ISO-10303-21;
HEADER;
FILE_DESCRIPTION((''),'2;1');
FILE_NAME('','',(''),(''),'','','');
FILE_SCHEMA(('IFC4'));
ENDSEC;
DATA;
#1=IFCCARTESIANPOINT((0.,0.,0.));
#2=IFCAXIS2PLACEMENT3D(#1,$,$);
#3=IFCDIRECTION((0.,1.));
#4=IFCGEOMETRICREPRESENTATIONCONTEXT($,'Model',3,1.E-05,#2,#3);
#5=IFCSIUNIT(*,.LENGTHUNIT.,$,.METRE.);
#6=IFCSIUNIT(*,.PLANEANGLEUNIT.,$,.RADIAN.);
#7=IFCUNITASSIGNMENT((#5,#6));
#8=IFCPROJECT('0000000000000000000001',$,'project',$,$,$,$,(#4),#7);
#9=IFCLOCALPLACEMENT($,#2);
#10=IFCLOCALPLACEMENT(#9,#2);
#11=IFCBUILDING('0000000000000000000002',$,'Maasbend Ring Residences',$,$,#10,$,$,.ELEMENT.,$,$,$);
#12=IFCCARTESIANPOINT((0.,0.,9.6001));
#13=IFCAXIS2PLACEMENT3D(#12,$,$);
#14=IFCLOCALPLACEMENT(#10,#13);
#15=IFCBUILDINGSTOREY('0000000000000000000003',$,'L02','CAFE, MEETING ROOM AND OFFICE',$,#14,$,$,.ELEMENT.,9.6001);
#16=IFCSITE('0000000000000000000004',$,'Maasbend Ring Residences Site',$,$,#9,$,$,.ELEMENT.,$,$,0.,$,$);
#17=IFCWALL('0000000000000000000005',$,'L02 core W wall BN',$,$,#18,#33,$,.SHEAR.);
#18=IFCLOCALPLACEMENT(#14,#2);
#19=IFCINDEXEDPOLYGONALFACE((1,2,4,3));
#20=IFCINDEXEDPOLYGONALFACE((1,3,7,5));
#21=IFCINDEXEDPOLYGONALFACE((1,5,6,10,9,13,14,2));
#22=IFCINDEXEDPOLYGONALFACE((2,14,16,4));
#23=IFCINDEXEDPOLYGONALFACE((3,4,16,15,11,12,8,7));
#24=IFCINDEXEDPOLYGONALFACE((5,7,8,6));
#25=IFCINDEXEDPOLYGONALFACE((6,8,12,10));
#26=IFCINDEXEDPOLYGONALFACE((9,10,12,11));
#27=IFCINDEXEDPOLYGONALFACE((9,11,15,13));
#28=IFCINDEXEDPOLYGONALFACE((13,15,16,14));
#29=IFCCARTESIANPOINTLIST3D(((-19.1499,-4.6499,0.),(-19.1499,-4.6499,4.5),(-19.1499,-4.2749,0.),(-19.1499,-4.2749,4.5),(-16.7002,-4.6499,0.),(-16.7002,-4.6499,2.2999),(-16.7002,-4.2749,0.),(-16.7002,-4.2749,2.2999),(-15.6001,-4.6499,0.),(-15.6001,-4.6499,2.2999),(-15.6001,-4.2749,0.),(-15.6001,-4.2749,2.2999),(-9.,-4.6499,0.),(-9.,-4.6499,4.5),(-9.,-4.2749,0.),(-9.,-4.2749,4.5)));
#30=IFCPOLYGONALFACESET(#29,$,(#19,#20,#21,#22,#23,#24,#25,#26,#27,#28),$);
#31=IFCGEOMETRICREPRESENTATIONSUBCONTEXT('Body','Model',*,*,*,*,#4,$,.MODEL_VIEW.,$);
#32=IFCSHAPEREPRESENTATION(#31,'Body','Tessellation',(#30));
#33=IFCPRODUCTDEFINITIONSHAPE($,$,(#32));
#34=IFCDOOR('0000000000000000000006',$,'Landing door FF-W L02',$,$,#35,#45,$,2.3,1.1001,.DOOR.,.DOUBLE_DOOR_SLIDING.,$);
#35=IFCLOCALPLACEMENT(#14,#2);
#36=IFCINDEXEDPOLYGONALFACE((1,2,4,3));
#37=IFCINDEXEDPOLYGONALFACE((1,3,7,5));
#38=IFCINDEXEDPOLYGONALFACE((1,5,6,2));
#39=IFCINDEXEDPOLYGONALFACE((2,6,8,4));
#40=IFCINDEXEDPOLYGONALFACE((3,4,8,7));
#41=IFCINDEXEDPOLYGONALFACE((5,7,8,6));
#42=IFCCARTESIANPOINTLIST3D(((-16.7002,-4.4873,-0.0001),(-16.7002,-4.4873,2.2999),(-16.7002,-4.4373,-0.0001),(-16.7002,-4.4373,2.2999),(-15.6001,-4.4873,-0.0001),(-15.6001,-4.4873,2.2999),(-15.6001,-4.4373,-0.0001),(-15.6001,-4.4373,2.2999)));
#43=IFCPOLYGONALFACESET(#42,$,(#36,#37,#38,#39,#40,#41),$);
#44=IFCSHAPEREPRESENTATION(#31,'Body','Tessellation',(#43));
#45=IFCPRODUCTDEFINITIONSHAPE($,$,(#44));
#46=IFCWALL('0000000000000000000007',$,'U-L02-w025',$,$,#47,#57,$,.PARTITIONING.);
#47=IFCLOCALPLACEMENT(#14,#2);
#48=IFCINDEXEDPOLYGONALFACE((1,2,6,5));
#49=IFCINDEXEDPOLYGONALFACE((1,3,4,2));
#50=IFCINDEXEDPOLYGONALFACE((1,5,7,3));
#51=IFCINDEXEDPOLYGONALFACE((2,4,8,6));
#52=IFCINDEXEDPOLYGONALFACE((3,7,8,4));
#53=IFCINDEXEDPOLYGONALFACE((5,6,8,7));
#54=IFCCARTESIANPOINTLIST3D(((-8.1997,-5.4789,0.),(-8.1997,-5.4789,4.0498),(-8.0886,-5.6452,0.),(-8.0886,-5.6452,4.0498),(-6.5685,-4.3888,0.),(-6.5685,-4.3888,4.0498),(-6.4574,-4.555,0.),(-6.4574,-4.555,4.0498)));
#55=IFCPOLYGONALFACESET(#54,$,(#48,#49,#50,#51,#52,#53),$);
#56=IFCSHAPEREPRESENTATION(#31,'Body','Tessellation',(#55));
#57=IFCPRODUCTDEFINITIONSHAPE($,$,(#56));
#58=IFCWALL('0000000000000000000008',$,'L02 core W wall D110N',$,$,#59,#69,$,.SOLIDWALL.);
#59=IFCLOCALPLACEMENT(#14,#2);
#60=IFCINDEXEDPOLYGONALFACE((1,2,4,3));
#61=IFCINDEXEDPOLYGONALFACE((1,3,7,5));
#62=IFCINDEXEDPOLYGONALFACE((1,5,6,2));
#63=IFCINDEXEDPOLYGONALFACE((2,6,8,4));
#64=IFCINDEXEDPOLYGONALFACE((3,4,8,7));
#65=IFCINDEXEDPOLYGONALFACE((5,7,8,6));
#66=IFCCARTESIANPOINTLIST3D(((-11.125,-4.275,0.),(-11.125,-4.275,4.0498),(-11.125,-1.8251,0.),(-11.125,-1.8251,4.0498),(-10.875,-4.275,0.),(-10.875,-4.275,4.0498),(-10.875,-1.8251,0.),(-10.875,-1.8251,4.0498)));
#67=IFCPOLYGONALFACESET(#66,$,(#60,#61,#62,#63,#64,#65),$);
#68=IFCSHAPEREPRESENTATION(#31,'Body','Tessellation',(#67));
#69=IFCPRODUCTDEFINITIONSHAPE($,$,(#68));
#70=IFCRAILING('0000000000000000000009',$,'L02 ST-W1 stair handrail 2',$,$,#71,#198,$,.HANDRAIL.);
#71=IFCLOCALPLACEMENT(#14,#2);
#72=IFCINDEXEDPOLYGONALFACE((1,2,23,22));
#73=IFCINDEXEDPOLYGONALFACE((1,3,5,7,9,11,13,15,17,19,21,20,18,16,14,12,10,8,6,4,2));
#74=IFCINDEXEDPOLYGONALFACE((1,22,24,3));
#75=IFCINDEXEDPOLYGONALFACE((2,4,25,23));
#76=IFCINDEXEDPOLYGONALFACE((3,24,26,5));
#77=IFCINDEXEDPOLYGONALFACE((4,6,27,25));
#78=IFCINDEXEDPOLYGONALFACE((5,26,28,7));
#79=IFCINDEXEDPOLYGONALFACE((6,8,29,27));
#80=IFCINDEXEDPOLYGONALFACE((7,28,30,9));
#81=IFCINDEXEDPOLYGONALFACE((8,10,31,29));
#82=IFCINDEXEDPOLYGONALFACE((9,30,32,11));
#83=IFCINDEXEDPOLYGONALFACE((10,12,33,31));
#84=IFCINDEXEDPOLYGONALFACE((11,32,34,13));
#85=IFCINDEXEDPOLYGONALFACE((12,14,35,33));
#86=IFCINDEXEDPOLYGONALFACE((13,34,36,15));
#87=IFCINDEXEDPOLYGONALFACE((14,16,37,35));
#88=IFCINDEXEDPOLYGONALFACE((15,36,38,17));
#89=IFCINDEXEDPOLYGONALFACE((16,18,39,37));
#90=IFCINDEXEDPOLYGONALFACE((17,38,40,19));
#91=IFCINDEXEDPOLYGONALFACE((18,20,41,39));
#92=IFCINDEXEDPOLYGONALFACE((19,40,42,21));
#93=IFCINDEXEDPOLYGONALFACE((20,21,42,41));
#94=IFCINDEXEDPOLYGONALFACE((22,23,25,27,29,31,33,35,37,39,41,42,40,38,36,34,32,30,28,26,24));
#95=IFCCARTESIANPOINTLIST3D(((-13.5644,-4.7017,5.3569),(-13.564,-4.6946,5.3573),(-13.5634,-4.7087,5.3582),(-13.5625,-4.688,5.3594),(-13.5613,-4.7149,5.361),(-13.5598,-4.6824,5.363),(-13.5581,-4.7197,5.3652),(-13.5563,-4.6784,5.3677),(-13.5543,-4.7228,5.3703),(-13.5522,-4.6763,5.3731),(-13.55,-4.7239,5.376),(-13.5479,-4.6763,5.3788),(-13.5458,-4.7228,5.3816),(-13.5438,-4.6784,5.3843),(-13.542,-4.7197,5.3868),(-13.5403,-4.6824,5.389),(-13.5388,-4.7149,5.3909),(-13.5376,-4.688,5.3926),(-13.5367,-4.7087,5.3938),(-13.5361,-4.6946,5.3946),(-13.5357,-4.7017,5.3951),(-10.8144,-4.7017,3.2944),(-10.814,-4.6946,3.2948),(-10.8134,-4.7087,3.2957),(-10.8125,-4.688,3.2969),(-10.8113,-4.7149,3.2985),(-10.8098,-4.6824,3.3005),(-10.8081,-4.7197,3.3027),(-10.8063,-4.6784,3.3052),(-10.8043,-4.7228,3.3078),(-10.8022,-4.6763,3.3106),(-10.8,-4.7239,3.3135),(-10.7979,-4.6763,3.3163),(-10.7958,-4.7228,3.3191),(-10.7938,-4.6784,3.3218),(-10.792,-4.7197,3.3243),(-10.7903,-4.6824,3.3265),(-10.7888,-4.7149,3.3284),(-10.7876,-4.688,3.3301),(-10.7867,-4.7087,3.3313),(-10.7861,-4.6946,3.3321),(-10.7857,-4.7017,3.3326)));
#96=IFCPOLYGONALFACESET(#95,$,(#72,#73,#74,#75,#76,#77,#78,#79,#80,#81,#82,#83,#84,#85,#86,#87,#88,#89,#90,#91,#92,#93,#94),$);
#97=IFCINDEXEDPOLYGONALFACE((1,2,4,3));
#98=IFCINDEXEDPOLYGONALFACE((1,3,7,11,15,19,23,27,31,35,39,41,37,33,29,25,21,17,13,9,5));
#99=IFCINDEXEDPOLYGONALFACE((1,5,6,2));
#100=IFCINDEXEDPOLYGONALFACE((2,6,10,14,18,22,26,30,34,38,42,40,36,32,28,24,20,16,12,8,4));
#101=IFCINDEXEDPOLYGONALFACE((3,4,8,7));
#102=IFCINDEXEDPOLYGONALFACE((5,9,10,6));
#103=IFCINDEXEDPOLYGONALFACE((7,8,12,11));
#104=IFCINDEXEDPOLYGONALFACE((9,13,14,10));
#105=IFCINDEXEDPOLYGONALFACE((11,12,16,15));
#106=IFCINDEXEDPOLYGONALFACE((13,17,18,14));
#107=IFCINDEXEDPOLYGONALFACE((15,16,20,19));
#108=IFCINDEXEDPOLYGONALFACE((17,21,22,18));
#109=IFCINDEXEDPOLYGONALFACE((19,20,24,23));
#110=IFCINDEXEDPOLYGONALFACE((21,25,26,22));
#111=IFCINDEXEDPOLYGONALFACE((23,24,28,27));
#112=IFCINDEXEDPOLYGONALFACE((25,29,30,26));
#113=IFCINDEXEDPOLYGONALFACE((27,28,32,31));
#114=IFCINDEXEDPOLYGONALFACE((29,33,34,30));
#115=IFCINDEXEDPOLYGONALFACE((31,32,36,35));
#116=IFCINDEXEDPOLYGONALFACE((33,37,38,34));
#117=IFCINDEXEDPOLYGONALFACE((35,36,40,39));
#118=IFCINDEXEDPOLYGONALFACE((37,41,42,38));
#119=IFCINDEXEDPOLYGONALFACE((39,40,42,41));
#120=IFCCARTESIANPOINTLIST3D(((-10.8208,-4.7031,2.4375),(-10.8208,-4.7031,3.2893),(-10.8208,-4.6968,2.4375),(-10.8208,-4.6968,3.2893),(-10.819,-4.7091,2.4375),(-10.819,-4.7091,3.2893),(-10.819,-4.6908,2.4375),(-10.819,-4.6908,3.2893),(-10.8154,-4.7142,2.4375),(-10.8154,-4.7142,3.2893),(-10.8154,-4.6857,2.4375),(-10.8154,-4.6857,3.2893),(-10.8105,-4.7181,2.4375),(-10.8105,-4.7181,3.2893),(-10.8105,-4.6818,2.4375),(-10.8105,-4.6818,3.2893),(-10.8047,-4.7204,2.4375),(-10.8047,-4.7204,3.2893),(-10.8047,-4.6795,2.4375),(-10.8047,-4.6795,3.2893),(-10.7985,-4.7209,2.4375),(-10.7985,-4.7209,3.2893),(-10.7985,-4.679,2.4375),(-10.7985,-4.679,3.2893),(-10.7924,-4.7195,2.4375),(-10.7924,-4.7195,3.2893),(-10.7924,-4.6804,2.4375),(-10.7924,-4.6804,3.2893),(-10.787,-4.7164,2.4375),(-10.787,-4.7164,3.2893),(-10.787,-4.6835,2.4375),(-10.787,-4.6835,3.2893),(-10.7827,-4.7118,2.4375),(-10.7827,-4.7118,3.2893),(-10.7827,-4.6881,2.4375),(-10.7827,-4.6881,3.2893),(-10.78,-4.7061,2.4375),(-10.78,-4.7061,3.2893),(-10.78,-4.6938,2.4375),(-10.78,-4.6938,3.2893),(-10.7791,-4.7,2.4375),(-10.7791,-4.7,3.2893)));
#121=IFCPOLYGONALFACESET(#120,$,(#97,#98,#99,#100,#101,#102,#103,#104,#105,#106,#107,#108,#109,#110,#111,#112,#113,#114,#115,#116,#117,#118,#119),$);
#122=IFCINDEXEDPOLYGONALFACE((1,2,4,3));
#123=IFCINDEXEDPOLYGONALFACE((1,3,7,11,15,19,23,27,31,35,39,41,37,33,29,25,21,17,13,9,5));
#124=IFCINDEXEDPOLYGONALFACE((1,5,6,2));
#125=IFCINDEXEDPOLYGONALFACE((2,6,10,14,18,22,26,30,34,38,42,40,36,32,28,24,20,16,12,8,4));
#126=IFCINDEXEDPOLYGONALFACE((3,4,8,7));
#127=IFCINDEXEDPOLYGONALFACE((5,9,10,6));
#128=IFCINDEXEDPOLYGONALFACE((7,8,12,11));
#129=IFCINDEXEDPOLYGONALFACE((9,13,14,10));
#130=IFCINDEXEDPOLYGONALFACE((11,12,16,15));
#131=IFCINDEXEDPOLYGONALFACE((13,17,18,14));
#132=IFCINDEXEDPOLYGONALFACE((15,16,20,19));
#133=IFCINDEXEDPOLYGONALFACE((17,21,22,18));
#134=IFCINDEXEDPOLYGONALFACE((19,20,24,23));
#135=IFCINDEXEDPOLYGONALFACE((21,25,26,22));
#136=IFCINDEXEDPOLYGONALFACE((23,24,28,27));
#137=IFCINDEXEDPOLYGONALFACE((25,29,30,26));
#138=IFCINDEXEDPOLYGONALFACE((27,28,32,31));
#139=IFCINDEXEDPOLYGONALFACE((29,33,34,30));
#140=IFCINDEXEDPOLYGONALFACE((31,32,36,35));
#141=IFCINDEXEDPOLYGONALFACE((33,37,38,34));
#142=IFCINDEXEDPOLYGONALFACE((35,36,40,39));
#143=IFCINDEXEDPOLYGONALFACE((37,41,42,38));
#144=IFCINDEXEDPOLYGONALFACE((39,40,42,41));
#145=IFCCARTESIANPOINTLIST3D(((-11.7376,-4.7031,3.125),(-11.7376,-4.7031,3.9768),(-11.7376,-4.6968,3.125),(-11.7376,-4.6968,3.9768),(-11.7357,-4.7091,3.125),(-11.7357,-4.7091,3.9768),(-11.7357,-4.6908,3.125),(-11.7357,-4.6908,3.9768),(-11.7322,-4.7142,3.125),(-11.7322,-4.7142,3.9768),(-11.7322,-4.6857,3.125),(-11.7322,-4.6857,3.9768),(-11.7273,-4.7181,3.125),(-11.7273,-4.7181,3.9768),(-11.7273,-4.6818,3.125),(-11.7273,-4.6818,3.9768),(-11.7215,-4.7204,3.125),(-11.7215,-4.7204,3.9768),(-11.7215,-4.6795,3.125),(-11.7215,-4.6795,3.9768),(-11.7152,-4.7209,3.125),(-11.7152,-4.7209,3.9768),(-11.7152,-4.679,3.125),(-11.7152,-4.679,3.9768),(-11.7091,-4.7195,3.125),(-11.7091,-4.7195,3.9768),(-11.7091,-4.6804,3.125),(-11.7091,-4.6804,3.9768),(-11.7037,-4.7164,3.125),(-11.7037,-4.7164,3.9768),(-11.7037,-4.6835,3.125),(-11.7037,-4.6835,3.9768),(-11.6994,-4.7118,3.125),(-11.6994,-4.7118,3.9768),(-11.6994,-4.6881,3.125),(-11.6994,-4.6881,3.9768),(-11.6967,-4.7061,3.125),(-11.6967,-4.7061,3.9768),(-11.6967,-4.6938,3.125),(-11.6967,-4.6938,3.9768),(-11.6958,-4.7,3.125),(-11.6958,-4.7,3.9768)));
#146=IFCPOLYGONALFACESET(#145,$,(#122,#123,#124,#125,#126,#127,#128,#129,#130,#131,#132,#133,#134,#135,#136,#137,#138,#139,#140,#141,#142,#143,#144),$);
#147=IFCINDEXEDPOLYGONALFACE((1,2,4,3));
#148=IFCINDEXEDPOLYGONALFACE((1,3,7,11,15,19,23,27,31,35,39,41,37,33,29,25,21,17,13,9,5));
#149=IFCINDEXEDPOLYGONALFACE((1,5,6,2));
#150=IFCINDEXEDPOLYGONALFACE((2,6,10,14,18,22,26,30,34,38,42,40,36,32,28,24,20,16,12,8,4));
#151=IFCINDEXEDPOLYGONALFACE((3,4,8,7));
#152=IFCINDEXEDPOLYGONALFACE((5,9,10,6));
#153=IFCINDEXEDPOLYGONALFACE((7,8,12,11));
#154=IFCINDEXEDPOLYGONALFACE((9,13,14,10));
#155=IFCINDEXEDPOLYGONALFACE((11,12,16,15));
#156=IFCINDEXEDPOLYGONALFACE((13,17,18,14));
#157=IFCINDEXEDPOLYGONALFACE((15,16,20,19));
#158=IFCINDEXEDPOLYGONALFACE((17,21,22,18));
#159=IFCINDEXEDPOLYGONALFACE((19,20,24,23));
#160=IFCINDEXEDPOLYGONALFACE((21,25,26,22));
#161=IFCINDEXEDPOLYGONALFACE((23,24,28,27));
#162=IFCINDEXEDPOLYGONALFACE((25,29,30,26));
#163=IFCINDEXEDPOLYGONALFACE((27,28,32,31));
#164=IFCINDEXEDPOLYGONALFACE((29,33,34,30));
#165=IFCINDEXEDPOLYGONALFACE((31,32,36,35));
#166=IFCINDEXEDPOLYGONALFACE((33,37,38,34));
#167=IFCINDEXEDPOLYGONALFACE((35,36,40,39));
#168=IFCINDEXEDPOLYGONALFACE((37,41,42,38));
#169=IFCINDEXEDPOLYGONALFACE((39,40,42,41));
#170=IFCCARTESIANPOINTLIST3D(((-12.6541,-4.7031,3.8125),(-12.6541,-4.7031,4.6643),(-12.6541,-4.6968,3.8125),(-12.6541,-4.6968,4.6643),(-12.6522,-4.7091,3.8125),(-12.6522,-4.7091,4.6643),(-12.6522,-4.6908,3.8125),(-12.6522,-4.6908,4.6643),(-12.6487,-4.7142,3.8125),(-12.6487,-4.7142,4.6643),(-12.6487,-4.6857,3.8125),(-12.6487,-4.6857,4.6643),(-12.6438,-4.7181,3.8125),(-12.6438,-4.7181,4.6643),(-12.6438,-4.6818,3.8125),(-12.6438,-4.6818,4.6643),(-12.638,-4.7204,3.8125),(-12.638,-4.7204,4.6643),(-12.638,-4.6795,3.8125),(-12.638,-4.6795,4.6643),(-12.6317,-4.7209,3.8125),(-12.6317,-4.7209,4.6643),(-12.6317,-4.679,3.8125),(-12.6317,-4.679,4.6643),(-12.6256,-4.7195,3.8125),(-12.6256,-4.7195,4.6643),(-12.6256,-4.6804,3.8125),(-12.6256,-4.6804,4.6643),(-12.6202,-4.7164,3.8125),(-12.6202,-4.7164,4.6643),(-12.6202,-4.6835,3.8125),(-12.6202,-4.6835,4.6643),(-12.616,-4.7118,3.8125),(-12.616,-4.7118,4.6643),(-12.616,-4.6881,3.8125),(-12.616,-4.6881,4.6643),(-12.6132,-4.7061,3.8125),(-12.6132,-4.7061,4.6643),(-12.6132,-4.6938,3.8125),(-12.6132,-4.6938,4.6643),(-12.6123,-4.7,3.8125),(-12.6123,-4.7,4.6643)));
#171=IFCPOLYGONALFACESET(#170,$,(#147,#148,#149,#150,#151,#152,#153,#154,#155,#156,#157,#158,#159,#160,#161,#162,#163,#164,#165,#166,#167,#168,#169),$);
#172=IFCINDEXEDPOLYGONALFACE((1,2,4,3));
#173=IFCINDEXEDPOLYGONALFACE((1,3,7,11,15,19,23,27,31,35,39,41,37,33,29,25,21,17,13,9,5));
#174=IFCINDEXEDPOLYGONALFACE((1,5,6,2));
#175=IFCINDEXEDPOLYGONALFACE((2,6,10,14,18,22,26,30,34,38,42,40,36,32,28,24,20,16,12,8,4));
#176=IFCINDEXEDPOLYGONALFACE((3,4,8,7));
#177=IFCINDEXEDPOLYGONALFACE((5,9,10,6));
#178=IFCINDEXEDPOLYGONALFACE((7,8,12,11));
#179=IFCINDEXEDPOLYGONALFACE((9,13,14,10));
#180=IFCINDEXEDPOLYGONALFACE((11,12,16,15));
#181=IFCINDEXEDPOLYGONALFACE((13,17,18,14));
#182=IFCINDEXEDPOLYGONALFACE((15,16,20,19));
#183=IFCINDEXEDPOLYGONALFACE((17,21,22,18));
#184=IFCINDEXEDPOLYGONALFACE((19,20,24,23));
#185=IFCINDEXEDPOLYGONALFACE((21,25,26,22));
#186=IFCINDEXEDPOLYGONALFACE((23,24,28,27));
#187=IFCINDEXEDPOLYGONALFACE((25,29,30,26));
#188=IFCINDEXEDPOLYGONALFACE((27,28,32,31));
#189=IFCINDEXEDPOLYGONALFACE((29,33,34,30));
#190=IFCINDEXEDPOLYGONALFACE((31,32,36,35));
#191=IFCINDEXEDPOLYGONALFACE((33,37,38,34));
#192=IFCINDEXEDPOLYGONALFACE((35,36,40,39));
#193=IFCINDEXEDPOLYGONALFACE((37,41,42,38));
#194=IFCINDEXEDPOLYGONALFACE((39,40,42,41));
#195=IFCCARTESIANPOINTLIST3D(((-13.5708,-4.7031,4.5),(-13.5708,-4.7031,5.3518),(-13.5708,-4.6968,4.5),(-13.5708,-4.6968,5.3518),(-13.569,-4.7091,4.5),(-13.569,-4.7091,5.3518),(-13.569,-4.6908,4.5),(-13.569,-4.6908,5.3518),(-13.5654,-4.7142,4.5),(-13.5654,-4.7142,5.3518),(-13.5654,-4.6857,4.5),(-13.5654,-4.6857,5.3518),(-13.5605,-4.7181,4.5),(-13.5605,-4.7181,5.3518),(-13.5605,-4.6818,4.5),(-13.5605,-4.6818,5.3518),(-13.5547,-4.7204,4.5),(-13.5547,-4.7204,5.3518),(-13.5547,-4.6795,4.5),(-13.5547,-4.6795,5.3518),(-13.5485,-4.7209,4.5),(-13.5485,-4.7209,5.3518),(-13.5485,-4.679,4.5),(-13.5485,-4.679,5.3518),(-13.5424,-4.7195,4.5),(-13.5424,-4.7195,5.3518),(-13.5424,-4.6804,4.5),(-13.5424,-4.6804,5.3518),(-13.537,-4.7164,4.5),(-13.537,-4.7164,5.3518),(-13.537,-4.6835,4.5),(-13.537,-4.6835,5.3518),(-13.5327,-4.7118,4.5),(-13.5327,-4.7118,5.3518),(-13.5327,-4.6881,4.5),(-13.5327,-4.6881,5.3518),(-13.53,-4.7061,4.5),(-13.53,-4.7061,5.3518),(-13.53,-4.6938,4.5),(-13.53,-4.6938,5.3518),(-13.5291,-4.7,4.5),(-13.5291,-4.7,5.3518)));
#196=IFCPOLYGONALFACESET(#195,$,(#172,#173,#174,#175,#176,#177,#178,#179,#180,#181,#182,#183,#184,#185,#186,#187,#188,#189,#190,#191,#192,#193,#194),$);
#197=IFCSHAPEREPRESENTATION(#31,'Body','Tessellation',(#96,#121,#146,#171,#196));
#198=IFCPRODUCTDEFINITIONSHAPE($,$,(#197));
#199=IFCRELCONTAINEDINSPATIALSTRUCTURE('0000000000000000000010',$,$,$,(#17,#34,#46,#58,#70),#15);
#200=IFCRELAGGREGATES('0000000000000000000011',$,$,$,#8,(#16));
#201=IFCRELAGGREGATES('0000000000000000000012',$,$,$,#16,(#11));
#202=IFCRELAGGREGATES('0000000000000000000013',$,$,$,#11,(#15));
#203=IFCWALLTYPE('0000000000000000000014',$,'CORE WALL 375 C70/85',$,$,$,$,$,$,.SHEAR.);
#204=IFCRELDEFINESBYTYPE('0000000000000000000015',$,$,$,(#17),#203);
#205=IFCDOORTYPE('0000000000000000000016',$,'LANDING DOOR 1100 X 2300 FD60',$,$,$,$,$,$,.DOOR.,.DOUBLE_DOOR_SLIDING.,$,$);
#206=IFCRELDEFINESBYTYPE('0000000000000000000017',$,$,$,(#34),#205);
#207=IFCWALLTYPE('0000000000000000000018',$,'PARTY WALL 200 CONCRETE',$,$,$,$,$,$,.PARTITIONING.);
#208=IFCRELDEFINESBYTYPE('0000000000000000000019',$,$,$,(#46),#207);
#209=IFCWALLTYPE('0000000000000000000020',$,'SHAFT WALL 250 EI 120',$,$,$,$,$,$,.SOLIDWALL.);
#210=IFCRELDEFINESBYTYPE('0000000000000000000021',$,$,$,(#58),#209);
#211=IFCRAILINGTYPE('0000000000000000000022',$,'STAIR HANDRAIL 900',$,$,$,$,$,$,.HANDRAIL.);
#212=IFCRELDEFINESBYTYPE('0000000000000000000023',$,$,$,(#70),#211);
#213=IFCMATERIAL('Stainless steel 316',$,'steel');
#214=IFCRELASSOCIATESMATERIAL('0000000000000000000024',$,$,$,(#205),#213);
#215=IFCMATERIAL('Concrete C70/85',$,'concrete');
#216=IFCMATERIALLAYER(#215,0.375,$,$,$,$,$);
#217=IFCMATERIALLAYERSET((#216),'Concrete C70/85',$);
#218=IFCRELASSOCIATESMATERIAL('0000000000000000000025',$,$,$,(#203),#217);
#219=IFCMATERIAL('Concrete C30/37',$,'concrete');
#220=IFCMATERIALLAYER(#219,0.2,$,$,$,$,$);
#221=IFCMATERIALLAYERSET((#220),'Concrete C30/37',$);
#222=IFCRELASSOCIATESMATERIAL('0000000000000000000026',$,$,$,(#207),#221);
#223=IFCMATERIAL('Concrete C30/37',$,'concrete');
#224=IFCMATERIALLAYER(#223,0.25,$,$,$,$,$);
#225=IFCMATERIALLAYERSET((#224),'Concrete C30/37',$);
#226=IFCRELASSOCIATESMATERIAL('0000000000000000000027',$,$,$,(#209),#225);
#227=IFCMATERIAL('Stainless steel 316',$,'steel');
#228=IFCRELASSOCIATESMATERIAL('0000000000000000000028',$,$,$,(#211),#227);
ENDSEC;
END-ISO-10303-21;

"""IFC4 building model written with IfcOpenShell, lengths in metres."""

from ifc_helpers import new_model, si_unit, direction, frame, frame_2d, origin, origin_2d, place, context, subcontext, project, spatial, rectangle, circle, extrude, material, layer, layer_set, type_object, element, fill, save


model = new_model("IFC4")

# Units and contexts
model_context = context("Model", 3, precision=1e-05, world=origin(), true_north=direction((0.0, 1.0)))
body_context = subcontext(model_context, "Body", "Model", "MODEL_VIEW")
ifc_project = project(units=[si_unit("LENGTHUNIT", "METRE"), si_unit("PLANEANGLEUNIT", "RADIAN")], contexts=[model_context])

# Site, building, storey
site_placement = place(None, origin())
site = spatial("IfcSite", under=ifc_project, at=site_placement, Name="Maasbend Ring Residences Site", CompositionType="ELEMENT", RefElevation=0.0)
building_placement = place(site_placement, origin())
building = spatial("IfcBuilding", under=site, at=building_placement, Name="Maasbend Ring Residences", CompositionType="ELEMENT")
storey_placement = place(building_placement, frame((0.0, 0.0, 9.6001)))
storey = spatial("IfcBuildingStorey", under=building, at=storey_placement, Name="L02", Description="CAFE, MEETING ROOM AND OFFICE", CompositionType="ELEMENT", Elevation=9.6001)

# Shared definitions
ifc_material_1 = material(Name="Stainless steel 316", Category="steel")
door_type = type_object("IfcDoorType", Name="LANDING DOOR 1100 X 2300 FD60", OperationType="DOUBLE_DOOR_SLIDING", PredefinedType="DOOR", material=ifc_material_1)

# Wall, opening, door
ifc_material_2 = material(Name="Concrete C70/85", Category="concrete")
ifc_layer_1 = layer(ifc_material_2, 0.375)
ifc_layer_set_1 = layer_set([ifc_layer_1], Name="Concrete C70/85")
wall_type_1 = type_object("IfcWallType", Name="CORE WALL 375 C70/85", PredefinedType="SHEAR", material=ifc_layer_set_1)
wall_1_placement = place(storey_placement, frame((-9.0, -4.4624, 0.0), z_axis=(0.0, 0.0, 1.0), x_axis=(-1.0, 0.0, 0.0)))
wall_1 = element("IfcWall", 1, at=wall_1_placement, inside=storey, type_object=wall_type_1, Name="L02 core W wall BN", PredefinedType="SHEAR", context=body_context, shape_type="SweptSolid", body=[
    extrude(rectangle(XDim=10.1499, YDim=0.375, at=frame_2d((5.075, 0.0))), origin(), (0.0, 0.0, 1.0), 4.5),
])
opening_1_placement = place(wall_1_placement, frame((6.6001, 0.0, 0.0)))
opening_1 = element("IfcOpeningElement", 2, at=opening_1_placement, cuts=wall_1, PredefinedType="OPENING", context=body_context, shape_type="SweptSolid", body=[
    extrude(rectangle(XDim=1.1001, YDim=2.3, at=frame_2d((0.55, 1.1499))), frame((0.0, 0.1975, 0.0), z_axis=(0.0, -1.0, 0.0), x_axis=(1.0, 0.0, 0.0)), (0.0, 0.0, 1.0), 0.395),
])
door_1_placement = place(opening_1_placement, origin())
door_1 = element("IfcDoor", 3, at=door_1_placement, inside=storey, type_object=door_type, Name="Landing door FF-W L02", OperationType="DOUBLE_DOOR_SLIDING", OverallHeight=2.3, OverallWidth=1.1001, PredefinedType="DOOR", context=body_context, shape_type="SweptSolid", body=[
    extrude(rectangle(XDim=1.1001, YDim=2.3, at=frame_2d((0.55, 1.1499))), frame((0.0, 0.0249, 0.0), z_axis=(0.0, -1.0, 0.0), x_axis=(1.0, 0.0, 0.0)), (0.0, 0.0, 1.0), 0.05),
])
fill(opening_1, door_1)

# Walls
ifc_material_3 = material(Name="Concrete C30/37", Category="concrete")
ifc_layer_2 = layer(ifc_material_3, 0.2)
ifc_layer_set_2 = layer_set([ifc_layer_2], Name="Concrete C30/37")
wall_type_2 = type_object("IfcWallType", Name="PARTY WALL 200 CONCRETE", PredefinedType="PARTITIONING", material=ifc_layer_set_2)
wall_2_placement = place(storey_placement, frame((-6.5129, -4.4719, 0.0), z_axis=(0.0, 0.0, 1.0), x_axis=(-0.831418, -0.555648, 0.0)))
element("IfcWall", 4, at=wall_2_placement, inside=storey, type_object=wall_type_2, Name="U-L02-w025", PredefinedType="PARTITIONING", context=body_context, shape_type="SweptSolid", body=[
    extrude(rectangle(XDim=1.9619, YDim=0.2, at=frame_2d((0.981, 0.0))), origin(), (0.0, 0.0, 1.0), 4.0498),
])
ifc_material_4 = material(Name="Concrete C30/37", Category="concrete")
ifc_layer_3 = layer(ifc_material_4, 0.25)
ifc_layer_set_3 = layer_set([ifc_layer_3], Name="Concrete C30/37")
wall_type_3 = type_object("IfcWallType", Name="SHAFT WALL 250 EI 120", PredefinedType="SOLIDWALL", material=ifc_layer_set_3)
wall_3_placement = place(storey_placement, frame((-11.0, -1.825, 0.0), z_axis=(0.0, 0.0, 1.0), x_axis=(0.0, -1.0, 0.0)))
element("IfcWall", 5, at=wall_3_placement, inside=storey, type_object=wall_type_3, Name="L02 core W wall D110N", PredefinedType="SOLIDWALL", context=body_context, shape_type="SweptSolid", body=[
    extrude(rectangle(XDim=2.45, YDim=0.25, at=frame_2d((1.2251, 0.0))), origin(), (0.0, 0.0, 1.0), 4.0498),
])

# Railing
ifc_material_5 = material(Name="Stainless steel 316", Category="steel")
railing_type_1 = type_object("IfcRailingType", Name="STAIR HANDRAIL 900", PredefinedType="HANDRAIL", material=ifc_material_5)
railing_1_placement = place(storey_placement, frame((-10.8, -4.7, 2.4375)))
element("IfcRailing", 6, at=railing_1_placement, inside=storey, type_object=railing_type_1, Name="L02 ST-W1 stair handrail 2", PredefinedType="HANDRAIL", context=body_context, shape_type="SweptSolid", body=[
    extrude(circle(Radius=0.0239, at=origin_2d()), frame((0.0, 0.0, 0.876), z_axis=(-0.8, 0.0, 0.6), x_axis=(0.0, -1.0, 0.0)), (0.0, 0.0, 1.0), 3.4375),
    extrude(circle(Radius=0.021, at=origin_2d()), origin(), (0.0, 0.0, 1.0), 0.8518),
    extrude(circle(Radius=0.021, at=origin_2d()), frame((-0.9167, 0.0, 0.6875)), (0.0, 0.0, 1.0), 0.8518),
    extrude(circle(Radius=0.021, at=origin_2d()), frame((-1.8333, 0.0, 1.375)), (0.0, 0.0, 1.0), 0.8518),
    extrude(circle(Radius=0.021, at=origin_2d()), frame((-2.75, 0.0, 2.0625)), (0.0, 0.0, 1.0), 0.8518),
])

save(model, "model.ifc")
